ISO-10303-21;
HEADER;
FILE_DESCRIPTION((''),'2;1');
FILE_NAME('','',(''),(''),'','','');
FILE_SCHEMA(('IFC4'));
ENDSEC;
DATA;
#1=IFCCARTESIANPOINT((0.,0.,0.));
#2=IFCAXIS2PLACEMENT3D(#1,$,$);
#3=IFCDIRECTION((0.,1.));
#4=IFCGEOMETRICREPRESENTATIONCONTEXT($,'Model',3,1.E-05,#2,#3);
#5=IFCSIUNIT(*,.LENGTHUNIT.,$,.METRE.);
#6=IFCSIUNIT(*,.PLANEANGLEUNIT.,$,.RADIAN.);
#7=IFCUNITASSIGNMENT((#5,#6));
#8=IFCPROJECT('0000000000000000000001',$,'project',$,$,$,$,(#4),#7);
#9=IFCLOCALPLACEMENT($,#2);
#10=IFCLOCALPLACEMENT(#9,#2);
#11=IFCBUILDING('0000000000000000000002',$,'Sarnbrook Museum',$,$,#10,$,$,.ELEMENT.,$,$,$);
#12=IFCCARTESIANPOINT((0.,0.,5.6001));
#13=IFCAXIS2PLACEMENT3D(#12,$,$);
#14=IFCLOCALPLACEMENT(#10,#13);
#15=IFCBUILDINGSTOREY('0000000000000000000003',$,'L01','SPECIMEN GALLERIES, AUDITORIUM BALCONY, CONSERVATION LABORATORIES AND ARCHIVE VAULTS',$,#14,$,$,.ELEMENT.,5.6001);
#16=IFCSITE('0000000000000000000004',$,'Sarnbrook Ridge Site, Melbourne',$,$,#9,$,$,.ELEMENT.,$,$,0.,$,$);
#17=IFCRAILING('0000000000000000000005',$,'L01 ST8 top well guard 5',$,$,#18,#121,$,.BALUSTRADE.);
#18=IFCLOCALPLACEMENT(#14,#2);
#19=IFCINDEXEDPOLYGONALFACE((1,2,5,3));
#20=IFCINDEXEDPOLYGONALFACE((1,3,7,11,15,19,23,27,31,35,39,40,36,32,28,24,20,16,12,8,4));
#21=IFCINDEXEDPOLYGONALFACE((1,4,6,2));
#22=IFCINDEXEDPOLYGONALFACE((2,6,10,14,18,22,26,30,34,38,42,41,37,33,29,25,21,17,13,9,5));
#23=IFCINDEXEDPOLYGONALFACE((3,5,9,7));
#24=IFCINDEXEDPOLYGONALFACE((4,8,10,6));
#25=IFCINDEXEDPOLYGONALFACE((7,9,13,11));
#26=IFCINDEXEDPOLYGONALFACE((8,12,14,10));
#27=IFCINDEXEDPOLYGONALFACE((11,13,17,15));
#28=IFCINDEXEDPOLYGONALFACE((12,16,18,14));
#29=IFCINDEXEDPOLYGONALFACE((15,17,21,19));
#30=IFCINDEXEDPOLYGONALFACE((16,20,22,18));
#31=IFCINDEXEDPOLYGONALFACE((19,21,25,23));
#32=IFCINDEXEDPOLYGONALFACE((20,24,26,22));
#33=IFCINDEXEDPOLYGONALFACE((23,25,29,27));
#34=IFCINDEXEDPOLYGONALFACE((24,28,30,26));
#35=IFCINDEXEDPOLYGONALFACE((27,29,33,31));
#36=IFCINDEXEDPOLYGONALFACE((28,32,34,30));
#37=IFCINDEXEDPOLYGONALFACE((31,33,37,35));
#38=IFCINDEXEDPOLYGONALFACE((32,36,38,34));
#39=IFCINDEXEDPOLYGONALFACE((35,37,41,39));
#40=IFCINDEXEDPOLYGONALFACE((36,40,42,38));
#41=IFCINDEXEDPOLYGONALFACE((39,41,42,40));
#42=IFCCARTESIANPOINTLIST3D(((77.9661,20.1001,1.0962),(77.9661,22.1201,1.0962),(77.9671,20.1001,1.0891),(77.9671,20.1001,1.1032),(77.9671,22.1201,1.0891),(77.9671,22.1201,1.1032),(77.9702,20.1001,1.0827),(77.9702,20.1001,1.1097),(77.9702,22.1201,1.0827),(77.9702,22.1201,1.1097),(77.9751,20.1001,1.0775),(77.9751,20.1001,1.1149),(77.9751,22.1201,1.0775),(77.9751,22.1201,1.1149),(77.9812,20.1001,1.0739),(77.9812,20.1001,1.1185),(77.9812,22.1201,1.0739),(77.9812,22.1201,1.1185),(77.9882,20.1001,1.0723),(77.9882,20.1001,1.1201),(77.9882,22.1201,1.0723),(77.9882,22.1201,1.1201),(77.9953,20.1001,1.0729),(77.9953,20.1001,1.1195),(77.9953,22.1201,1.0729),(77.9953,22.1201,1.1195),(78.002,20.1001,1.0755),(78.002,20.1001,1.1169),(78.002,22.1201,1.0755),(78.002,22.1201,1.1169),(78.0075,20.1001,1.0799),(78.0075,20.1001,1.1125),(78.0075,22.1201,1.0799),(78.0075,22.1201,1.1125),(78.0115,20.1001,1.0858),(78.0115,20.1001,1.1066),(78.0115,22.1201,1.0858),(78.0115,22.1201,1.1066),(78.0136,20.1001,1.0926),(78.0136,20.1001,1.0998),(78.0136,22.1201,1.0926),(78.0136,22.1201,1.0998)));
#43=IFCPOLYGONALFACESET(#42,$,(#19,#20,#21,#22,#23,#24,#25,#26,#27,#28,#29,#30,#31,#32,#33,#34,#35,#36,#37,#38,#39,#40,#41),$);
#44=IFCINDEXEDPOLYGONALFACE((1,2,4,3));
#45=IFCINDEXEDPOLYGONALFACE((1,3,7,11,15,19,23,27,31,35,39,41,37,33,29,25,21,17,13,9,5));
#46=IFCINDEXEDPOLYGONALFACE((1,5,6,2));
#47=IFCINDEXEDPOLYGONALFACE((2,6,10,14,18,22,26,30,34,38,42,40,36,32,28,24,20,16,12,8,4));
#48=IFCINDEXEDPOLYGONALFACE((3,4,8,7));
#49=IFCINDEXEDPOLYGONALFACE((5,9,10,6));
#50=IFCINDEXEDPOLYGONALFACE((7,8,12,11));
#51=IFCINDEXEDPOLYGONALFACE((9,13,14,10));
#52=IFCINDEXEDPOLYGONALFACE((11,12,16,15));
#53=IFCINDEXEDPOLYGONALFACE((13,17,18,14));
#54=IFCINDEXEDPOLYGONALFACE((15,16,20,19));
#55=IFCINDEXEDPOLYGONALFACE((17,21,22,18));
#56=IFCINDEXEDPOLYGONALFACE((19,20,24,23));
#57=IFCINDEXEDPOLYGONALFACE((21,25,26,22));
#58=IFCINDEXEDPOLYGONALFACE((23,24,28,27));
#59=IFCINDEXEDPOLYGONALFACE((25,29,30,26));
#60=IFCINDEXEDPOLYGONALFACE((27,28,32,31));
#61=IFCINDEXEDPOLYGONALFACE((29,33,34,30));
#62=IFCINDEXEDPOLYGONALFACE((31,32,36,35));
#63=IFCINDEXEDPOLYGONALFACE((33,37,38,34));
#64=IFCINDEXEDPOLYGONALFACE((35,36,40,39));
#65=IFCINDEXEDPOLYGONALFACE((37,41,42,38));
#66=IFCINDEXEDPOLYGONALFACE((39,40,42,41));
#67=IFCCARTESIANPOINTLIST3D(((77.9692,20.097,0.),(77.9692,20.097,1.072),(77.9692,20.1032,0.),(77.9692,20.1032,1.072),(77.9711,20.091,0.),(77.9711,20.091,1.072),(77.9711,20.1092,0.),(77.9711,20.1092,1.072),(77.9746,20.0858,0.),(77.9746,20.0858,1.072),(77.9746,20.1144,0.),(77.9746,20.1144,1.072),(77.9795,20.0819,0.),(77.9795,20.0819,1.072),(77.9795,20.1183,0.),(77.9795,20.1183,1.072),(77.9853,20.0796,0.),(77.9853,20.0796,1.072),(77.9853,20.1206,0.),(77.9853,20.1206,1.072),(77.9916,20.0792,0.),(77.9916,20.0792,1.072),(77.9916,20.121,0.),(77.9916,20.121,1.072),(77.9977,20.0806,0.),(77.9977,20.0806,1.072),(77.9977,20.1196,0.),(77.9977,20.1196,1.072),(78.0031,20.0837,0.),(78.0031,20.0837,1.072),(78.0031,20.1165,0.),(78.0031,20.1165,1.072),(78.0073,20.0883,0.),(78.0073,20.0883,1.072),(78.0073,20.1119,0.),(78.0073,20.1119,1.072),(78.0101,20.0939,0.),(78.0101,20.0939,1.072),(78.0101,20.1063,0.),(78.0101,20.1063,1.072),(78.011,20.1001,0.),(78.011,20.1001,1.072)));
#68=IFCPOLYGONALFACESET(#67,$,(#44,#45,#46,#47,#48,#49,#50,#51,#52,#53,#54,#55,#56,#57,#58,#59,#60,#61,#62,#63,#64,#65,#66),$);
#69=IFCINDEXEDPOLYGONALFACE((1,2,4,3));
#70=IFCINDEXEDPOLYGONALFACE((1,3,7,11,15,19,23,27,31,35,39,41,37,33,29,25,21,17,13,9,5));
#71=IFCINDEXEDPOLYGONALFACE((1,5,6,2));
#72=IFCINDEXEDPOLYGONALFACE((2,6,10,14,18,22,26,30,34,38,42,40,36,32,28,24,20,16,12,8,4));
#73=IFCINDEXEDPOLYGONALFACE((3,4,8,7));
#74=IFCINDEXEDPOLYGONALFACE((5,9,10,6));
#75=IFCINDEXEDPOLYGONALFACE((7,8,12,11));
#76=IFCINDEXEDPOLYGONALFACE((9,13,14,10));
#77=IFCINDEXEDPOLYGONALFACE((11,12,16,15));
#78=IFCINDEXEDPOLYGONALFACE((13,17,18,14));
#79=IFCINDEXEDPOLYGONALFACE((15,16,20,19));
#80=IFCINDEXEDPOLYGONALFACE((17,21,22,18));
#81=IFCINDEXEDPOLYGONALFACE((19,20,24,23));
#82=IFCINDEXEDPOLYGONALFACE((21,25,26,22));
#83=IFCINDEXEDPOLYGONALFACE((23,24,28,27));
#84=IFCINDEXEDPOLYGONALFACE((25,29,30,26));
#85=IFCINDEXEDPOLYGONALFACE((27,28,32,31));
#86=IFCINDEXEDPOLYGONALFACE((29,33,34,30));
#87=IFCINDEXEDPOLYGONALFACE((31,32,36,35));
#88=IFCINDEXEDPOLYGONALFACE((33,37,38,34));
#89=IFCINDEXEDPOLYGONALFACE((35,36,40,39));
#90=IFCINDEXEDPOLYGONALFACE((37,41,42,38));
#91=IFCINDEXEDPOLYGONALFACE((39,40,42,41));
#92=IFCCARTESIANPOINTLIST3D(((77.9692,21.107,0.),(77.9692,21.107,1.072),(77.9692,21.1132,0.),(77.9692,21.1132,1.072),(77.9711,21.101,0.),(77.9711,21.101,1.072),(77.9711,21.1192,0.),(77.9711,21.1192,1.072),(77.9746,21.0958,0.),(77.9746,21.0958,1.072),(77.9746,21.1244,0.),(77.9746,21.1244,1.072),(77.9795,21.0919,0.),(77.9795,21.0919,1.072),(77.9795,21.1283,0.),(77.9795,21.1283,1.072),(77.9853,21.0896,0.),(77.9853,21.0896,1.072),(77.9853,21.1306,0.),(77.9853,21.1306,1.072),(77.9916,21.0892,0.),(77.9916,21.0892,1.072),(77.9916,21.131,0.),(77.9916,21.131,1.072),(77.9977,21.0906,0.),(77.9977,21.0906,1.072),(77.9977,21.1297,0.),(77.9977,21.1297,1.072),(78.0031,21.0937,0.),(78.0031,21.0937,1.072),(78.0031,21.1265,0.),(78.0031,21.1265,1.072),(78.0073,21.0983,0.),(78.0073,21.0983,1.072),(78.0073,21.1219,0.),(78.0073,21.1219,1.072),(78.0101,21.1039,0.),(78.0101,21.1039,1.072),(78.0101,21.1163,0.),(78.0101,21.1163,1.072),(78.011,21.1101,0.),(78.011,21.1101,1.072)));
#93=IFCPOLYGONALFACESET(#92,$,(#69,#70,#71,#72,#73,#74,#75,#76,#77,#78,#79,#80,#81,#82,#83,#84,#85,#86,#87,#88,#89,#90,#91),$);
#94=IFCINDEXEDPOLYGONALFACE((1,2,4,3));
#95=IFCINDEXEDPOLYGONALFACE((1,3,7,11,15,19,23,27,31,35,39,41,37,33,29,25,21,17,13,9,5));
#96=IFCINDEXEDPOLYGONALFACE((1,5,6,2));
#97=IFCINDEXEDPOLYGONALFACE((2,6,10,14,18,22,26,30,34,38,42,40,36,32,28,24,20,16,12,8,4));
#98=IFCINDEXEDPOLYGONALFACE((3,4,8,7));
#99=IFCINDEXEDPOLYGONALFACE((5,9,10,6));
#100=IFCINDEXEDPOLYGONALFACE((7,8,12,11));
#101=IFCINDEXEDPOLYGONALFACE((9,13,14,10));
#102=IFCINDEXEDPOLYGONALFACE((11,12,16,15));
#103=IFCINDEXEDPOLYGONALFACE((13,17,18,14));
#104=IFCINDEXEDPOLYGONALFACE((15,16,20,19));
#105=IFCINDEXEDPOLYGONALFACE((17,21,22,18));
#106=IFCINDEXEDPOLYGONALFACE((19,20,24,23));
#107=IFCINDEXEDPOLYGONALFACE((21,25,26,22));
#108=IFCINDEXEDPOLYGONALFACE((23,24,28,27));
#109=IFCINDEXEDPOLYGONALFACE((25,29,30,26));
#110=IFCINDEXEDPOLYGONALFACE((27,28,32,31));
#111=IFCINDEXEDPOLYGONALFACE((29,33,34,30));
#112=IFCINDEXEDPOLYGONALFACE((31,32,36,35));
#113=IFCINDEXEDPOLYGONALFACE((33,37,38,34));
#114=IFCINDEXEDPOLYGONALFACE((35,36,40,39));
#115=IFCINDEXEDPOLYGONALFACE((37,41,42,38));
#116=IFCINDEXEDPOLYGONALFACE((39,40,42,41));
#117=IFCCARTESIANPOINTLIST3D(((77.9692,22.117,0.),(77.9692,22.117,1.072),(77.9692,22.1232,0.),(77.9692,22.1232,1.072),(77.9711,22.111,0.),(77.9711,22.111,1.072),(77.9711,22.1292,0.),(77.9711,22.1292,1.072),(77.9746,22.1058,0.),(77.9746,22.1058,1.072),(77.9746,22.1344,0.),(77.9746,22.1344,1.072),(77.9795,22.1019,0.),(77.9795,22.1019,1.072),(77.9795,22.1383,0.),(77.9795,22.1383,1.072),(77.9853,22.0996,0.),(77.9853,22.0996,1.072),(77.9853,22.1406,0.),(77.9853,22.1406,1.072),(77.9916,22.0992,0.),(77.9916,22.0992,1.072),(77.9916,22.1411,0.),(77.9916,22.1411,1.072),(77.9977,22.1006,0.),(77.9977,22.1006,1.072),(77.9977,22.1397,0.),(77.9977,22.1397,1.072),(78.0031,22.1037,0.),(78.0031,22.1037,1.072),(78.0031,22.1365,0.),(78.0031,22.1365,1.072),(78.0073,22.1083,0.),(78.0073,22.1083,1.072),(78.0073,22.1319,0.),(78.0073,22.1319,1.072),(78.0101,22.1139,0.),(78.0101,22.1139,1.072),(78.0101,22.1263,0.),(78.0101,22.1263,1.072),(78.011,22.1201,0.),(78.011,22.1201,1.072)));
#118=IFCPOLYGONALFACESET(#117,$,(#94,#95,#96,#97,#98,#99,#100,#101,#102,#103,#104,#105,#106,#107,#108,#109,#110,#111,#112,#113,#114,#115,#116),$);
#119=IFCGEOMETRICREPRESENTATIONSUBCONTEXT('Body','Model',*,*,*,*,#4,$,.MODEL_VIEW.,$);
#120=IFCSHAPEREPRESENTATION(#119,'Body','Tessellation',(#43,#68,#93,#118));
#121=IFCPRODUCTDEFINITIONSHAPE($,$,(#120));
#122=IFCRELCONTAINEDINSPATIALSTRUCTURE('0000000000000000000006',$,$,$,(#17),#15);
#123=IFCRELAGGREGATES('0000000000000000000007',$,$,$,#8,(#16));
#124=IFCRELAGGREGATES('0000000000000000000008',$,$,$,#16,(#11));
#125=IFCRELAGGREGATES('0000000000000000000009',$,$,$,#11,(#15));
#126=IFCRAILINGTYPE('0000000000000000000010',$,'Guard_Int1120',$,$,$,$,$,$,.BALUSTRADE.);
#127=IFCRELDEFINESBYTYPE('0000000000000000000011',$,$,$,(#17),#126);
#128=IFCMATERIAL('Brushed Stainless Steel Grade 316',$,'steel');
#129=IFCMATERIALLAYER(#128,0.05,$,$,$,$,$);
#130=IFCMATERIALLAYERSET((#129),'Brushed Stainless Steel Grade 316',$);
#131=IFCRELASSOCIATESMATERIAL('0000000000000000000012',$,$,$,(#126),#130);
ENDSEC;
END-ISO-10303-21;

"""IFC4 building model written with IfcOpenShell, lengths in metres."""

from ifc_helpers import new_model, si_unit, direction, frame, origin, origin_2d, place, context, subcontext, project, spatial, circle, extrude, material, layer, layer_set, type_object, element, save


model = new_model("IFC4")

# Units and contexts
model_context = context("Model", 3, precision=1e-05, world=origin(), true_north=direction((0.0, 1.0)))
body_context = subcontext(model_context, "Body", "Model", "MODEL_VIEW")
ifc_project = project(units=[si_unit("LENGTHUNIT", "METRE"), si_unit("PLANEANGLEUNIT", "RADIAN")], contexts=[model_context])

# Site, building, storey
site_placement = place(None, origin())
site = spatial("IfcSite", under=ifc_project, at=site_placement, Name="Sarnbrook Ridge Site, Melbourne", CompositionType="ELEMENT", RefElevation=0.0)
building_placement = place(site_placement, origin())
building = spatial("IfcBuilding", under=site, at=building_placement, Name="Sarnbrook Museum", CompositionType="ELEMENT")
storey_placement = place(building_placement, frame((0.0, 0.0, 5.6001)))
storey = spatial("IfcBuildingStorey", under=building, at=storey_placement, Name="L01", Description="SPECIMEN GALLERIES, AUDITORIUM BALCONY, CONSERVATION LABORATORIES AND ARCHIVE VAULTS", CompositionType="ELEMENT", Elevation=5.6001)

# Railing
ifc_material_1 = material(Name="Brushed Stainless Steel Grade 316", Category="steel")
ifc_layer_1 = layer(ifc_material_1, 0.05)
ifc_layer_set_1 = layer_set([ifc_layer_1], Name="Brushed Stainless Steel Grade 316")
railing_type = type_object("IfcRailingType", Name="Guard_Int1120", PredefinedType="BALUSTRADE", material=ifc_layer_set_1)
for number, where, name in (
    (1, (77.99, 20.1001, 0.0), "L01 ST8 top well guard 5"),
):
    element("IfcRailing", number, at=place(storey_placement, frame(where)), inside=storey, type_object=railing_type, Name=name, PredefinedType="BALUSTRADE", context=body_context, shape_type="SweptSolid", body=[
        extrude(circle(Radius=0.0239, at=origin_2d()), frame((0.0, 0.0, 1.0962), z_axis=(0.0, 1.0, 0.0), x_axis=(-1.0, 0.0, 0.0)), (0.0, 0.0, 1.0), 2.02),
        extrude(circle(Radius=0.021, at=origin_2d()), origin(), (0.0, 0.0, 1.0), 1.072),
        extrude(circle(Radius=0.021, at=origin_2d()), frame((0.0, 1.01, 0.0)), (0.0, 0.0, 1.0), 1.072),
        extrude(circle(Radius=0.021, at=origin_2d()), frame((0.0, 2.02, 0.0)), (0.0, 0.0, 1.0), 1.072),
    ])

save(model, "model.ifc")
